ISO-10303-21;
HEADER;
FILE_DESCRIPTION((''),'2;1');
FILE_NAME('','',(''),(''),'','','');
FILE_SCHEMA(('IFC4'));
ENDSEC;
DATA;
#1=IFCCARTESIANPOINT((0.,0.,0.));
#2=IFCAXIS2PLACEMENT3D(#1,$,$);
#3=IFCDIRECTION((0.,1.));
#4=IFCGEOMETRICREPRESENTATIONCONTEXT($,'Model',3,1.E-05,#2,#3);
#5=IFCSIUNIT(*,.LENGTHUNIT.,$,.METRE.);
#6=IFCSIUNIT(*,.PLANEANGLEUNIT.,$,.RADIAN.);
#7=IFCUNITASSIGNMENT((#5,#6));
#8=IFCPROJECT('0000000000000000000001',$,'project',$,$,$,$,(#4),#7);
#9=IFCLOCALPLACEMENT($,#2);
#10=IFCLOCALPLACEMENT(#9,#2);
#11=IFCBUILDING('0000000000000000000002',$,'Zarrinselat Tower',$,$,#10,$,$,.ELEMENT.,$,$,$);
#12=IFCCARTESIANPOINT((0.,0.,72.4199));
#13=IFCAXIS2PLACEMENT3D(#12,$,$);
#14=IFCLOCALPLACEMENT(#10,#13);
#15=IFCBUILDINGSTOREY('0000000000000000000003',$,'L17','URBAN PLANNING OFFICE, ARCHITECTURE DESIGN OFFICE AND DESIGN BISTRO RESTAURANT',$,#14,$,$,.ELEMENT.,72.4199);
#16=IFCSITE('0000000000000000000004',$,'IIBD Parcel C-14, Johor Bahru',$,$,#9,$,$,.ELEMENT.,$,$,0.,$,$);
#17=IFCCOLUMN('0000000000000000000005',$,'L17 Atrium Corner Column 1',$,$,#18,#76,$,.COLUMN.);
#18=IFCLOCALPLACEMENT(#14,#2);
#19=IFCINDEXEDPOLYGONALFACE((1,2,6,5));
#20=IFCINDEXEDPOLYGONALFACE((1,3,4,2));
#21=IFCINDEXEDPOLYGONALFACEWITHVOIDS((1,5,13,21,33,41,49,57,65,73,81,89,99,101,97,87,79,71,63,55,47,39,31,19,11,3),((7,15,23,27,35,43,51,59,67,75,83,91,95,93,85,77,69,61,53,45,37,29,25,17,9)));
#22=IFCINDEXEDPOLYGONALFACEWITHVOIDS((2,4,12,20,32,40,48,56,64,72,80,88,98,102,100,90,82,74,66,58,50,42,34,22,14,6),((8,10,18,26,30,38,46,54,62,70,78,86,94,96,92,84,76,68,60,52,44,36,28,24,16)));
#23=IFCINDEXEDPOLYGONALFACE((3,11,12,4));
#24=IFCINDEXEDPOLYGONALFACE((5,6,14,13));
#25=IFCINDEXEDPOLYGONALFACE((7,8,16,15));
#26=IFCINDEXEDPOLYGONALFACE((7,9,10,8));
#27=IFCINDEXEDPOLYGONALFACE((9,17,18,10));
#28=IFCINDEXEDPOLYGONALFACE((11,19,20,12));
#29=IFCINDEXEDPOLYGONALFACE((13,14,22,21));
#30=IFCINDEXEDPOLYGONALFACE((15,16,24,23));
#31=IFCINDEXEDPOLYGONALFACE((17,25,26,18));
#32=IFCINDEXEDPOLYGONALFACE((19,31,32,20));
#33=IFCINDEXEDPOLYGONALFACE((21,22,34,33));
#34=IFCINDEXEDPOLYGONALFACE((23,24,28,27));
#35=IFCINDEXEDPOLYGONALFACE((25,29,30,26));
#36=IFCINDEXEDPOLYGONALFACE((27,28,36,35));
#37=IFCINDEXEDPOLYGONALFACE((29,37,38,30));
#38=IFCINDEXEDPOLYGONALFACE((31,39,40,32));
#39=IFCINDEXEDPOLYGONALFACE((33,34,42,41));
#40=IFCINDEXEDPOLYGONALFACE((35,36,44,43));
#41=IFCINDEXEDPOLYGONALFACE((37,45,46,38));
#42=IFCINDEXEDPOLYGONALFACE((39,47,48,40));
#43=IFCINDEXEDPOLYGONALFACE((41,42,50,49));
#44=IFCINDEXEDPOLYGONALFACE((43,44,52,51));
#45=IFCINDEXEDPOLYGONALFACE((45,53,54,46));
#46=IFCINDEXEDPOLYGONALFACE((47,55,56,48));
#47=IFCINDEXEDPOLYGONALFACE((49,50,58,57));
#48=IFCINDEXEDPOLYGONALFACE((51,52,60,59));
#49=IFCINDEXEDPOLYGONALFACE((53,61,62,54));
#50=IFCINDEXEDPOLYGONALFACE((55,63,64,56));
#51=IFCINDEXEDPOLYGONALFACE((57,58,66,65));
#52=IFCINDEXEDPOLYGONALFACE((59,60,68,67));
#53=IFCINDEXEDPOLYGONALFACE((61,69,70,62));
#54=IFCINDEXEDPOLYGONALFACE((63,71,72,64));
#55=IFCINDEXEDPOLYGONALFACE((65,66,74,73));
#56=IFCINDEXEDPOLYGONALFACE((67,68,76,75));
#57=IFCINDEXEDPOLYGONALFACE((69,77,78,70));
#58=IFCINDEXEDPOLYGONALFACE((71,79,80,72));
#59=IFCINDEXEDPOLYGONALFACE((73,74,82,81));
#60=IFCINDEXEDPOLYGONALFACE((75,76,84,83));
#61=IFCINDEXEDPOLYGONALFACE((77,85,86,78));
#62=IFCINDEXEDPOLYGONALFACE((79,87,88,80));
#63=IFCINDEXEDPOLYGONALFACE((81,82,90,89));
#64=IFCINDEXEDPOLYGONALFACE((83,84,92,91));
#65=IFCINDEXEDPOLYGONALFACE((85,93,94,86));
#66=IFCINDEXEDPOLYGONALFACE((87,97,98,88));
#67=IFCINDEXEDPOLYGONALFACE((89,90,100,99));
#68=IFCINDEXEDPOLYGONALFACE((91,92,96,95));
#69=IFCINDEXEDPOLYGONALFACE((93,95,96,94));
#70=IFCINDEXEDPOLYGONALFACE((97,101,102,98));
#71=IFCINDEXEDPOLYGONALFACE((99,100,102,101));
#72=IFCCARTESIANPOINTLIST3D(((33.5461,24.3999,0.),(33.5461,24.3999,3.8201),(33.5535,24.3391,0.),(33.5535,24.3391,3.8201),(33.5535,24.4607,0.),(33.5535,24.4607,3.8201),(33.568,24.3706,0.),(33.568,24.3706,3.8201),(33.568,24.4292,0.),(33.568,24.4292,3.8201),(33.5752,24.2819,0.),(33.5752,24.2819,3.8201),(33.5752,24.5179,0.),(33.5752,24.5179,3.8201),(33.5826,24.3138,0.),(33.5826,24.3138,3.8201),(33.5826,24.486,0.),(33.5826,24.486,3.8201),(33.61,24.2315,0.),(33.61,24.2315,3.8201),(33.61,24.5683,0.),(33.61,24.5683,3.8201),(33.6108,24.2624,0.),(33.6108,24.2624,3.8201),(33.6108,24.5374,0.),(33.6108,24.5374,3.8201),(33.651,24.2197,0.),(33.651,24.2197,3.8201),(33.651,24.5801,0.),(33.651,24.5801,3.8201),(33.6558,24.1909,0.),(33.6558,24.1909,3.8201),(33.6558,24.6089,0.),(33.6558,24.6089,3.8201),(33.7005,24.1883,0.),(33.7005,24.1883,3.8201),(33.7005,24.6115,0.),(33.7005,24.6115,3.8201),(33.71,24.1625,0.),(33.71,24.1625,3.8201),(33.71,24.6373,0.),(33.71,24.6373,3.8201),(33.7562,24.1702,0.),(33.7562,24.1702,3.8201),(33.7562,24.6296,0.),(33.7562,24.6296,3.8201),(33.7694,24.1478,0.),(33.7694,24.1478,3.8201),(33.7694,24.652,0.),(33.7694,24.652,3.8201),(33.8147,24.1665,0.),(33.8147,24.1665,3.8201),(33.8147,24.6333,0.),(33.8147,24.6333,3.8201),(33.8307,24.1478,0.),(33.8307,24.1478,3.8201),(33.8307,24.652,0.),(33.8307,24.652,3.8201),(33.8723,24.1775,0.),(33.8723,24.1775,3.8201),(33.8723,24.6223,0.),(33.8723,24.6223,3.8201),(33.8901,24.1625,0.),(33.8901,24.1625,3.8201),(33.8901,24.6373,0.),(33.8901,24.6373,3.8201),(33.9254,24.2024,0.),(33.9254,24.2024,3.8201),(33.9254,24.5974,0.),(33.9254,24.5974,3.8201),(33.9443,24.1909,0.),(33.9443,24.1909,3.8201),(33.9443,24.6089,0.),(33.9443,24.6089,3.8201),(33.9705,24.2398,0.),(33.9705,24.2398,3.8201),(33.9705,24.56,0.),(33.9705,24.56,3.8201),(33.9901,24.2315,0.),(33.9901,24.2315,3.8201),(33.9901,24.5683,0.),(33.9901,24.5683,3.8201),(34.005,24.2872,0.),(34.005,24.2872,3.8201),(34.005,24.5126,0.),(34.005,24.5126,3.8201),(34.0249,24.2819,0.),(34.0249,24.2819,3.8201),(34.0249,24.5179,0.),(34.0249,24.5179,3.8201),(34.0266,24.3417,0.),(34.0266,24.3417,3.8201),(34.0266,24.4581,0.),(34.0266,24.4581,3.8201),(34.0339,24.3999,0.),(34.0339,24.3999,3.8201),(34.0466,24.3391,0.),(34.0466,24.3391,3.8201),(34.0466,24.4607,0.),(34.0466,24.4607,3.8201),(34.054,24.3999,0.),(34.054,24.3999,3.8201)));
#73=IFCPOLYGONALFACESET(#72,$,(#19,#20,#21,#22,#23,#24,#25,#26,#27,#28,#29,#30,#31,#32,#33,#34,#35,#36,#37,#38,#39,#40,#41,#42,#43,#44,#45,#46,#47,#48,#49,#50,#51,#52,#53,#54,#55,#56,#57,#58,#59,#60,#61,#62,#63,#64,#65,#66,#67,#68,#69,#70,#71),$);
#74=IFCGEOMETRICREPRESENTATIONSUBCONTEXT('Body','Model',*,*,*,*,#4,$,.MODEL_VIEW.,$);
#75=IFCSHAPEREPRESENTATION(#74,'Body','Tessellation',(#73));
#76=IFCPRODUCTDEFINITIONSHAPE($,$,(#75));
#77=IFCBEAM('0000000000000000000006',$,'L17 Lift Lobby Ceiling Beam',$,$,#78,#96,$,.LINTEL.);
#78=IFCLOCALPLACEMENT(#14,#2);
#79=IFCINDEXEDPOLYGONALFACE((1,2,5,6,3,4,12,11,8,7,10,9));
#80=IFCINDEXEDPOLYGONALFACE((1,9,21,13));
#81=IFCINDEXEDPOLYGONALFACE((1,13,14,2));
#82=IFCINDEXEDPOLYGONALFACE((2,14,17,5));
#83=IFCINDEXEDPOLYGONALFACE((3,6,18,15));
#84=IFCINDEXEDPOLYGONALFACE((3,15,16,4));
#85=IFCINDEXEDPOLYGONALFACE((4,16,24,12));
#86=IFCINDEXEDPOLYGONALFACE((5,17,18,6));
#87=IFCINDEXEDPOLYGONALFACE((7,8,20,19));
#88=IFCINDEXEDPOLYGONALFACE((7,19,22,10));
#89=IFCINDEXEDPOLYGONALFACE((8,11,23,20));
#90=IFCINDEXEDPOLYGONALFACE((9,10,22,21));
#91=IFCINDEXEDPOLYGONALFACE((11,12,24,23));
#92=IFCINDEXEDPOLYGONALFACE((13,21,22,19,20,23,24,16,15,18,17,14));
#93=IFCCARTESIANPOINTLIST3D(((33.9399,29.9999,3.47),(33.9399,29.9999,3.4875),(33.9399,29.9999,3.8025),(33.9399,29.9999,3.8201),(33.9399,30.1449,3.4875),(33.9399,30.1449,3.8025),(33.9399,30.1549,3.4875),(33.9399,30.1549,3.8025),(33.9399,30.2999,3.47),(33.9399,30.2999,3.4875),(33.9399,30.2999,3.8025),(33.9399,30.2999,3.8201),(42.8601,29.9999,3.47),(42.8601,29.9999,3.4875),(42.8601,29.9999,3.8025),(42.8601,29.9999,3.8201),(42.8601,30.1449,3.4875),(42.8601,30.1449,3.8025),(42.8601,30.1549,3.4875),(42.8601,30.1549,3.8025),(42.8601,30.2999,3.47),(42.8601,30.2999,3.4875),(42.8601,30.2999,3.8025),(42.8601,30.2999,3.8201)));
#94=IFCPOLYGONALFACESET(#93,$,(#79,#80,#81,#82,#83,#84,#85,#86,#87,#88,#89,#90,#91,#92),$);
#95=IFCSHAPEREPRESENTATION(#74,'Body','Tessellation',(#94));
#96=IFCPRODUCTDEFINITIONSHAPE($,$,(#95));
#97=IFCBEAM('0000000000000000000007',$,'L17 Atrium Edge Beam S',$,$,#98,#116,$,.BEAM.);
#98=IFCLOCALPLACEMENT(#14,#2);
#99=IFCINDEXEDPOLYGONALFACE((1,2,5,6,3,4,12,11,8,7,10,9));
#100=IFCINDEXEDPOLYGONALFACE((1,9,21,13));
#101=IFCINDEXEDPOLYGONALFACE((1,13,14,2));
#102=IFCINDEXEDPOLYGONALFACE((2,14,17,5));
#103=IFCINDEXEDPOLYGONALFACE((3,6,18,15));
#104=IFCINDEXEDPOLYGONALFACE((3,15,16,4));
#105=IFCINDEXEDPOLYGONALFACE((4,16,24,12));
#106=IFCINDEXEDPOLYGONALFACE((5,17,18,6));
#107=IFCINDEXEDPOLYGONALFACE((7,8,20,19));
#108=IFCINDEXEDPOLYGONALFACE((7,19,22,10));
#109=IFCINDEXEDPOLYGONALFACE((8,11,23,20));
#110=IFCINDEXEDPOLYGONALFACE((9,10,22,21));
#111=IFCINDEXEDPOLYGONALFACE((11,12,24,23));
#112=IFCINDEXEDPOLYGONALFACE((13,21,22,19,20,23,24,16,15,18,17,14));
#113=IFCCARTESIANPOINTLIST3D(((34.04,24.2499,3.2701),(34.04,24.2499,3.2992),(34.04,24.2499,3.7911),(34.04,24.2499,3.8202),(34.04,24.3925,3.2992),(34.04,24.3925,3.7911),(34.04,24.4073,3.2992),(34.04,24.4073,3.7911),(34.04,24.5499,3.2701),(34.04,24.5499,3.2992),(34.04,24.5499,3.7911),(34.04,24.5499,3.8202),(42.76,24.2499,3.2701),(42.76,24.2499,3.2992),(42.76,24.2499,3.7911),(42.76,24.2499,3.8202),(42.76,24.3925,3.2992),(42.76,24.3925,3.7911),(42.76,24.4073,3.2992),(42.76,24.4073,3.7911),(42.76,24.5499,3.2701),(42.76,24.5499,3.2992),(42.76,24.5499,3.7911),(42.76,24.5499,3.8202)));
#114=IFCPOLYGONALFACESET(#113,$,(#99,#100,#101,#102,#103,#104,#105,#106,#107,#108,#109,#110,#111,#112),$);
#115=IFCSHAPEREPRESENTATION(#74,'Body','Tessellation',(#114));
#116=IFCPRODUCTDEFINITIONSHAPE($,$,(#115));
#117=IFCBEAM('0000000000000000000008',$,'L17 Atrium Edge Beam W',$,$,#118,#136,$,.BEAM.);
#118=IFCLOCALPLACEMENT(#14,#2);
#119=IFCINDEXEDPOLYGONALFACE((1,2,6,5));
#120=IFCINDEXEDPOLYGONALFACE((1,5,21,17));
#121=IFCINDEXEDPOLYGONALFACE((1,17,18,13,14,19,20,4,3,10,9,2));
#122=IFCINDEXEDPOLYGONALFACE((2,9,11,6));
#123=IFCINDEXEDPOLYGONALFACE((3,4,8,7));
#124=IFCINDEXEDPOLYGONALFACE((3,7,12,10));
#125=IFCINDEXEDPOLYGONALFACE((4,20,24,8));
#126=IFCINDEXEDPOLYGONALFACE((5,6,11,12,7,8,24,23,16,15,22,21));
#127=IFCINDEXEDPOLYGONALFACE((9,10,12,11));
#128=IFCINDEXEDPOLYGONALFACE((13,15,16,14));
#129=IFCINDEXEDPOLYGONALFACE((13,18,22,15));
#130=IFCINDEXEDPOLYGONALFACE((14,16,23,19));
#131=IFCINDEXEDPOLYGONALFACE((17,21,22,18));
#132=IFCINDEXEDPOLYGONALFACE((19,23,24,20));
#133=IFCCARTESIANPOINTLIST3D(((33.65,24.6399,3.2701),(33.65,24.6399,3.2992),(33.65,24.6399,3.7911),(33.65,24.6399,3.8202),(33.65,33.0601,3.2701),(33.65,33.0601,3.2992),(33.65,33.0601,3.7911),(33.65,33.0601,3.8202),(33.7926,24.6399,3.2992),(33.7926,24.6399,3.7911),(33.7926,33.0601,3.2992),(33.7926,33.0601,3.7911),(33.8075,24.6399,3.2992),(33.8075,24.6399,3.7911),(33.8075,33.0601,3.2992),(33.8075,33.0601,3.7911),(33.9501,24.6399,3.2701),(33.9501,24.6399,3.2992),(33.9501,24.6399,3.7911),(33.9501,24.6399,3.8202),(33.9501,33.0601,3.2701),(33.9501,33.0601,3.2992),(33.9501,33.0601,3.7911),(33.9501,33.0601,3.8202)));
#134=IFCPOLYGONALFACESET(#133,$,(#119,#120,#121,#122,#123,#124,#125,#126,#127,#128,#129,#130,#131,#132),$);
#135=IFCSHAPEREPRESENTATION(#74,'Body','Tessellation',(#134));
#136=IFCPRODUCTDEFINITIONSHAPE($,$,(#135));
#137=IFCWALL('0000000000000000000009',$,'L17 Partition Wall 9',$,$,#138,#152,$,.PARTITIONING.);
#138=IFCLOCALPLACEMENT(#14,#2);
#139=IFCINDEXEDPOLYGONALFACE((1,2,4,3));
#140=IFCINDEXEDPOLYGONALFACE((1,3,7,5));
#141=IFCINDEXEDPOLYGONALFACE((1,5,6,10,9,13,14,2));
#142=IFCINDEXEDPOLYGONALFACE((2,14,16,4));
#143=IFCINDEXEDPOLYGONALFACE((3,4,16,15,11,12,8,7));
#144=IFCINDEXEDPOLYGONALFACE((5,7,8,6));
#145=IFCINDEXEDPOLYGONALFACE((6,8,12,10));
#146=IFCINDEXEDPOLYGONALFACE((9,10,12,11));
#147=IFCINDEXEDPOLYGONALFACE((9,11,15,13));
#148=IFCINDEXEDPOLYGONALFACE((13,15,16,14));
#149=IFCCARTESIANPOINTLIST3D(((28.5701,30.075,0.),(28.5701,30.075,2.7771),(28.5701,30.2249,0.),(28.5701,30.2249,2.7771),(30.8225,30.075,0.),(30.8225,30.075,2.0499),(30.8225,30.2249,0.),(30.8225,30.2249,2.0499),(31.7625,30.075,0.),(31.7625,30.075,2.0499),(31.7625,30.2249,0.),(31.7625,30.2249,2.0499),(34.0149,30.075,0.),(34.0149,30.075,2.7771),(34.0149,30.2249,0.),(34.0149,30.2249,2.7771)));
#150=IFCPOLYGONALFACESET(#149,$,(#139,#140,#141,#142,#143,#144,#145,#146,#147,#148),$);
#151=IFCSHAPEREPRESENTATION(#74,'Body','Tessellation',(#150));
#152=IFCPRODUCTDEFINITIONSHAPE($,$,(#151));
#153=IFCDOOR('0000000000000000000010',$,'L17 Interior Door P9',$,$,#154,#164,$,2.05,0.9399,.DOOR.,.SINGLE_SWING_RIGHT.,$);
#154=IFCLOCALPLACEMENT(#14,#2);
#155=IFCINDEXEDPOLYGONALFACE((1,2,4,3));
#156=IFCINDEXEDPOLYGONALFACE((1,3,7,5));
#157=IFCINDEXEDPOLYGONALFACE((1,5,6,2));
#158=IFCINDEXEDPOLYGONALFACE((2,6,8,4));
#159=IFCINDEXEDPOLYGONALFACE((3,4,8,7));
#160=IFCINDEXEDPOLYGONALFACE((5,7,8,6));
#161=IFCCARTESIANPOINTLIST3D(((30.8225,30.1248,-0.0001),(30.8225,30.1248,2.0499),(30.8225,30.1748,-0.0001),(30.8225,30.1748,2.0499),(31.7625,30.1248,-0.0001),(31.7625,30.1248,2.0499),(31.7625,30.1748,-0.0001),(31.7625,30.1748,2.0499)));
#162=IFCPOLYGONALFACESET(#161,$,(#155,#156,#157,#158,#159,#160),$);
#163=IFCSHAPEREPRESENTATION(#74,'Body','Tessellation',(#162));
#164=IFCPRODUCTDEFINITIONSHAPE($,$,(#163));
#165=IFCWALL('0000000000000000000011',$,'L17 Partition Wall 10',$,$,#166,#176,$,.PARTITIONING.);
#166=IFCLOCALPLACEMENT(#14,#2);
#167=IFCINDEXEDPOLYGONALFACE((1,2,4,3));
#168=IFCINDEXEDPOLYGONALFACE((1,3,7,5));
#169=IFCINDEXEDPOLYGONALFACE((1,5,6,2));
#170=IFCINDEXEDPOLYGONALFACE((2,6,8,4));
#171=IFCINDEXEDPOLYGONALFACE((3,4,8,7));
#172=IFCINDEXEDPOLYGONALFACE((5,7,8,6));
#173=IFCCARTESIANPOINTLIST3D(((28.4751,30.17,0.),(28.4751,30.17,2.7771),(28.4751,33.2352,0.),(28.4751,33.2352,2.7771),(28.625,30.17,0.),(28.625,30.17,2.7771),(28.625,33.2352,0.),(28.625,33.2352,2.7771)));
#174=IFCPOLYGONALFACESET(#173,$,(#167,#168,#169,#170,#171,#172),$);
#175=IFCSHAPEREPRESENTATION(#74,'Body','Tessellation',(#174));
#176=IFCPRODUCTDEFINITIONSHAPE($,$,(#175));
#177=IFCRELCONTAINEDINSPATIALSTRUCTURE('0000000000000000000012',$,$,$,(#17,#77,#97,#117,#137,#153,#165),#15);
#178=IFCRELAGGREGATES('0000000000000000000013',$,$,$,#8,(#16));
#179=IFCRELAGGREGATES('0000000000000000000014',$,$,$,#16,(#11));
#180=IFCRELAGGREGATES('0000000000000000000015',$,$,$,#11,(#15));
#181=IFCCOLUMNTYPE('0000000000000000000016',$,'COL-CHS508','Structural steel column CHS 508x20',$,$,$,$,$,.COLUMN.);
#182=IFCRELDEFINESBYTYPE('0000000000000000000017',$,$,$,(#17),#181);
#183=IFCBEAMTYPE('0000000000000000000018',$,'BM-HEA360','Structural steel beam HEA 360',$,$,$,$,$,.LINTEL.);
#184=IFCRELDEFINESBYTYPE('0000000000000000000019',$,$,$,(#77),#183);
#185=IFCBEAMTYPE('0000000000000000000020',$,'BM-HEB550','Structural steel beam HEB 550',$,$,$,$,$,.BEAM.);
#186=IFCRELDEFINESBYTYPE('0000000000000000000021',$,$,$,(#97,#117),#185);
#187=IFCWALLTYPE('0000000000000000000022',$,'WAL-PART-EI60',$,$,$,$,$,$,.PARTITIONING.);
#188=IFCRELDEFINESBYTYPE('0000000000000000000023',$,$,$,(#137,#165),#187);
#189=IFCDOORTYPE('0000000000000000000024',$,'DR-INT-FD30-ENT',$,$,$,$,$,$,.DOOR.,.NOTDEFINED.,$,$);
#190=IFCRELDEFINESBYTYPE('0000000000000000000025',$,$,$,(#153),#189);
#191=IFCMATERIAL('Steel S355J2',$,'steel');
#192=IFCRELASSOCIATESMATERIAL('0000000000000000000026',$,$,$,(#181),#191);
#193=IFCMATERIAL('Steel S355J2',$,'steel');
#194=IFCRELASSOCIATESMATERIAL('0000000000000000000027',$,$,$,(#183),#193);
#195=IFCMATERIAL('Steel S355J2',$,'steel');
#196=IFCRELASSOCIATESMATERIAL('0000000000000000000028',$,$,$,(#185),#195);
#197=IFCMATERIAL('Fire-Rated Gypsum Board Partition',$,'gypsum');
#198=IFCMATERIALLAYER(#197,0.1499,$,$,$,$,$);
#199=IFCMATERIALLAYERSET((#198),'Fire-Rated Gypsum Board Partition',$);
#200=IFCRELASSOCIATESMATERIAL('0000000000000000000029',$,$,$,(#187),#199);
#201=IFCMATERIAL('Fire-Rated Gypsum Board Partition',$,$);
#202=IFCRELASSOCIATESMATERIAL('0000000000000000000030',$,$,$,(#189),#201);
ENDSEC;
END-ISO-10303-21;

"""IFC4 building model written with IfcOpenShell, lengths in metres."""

from ifc_helpers import new_model, si_unit, direction, frame, frame_2d, origin, origin_2d, place, context, subcontext, project, spatial, rectangle, hollow_circle, i_section, extrude, material, layer, layer_set, material_profile, profile_set, type_object, element, fill, save


model = new_model("IFC4")

# Units and contexts
model_context = context("Model", 3, precision=1e-05, world=origin(), true_north=direction((0.0, 1.0)))
body_context = subcontext(model_context, "Body", "Model", "MODEL_VIEW")
ifc_project = project(units=[si_unit("LENGTHUNIT", "METRE"), si_unit("PLANEANGLEUNIT", "RADIAN")], contexts=[model_context])

# Site, building, storey
site_placement = place(None, origin())
site = spatial("IfcSite", under=ifc_project, at=site_placement, Name="IIBD Parcel C-14, Johor Bahru", CompositionType="ELEMENT", RefElevation=0.0)
building_placement = place(site_placement, origin())
building = spatial("IfcBuilding", under=site, at=building_placement, Name="Zarrinselat Tower", CompositionType="ELEMENT")
storey_placement = place(building_placement, frame((0.0, 0.0, 72.4199)))
storey = spatial("IfcBuildingStorey", under=building, at=storey_placement, Name="L17", Description="URBAN PLANNING OFFICE, ARCHITECTURE DESIGN OFFICE AND DESIGN BISTRO RESTAURANT", CompositionType="ELEMENT", Elevation=72.4199)

# Column
ifc_material_1 = material(Name="Steel S355J2", Category="steel")
ifc_material_profile_1 = material_profile(ifc_material_1, hollow_circle(Radius=0.2539, WallThickness=0.02, at=origin_2d()), Name="CHS 508x20")
ifc_profile_set_1 = profile_set([ifc_material_profile_1], Name="Steel S355J2")
column_type = type_object("IfcColumnType", Name="COL-CHS508", Description="Structural steel column CHS 508x20", PredefinedType="COLUMN", material=ifc_profile_set_1)
column_placement = place(storey_placement, frame((33.8, 24.3999, 0.0), z_axis=(0.0, 0.0, 1.0), x_axis=(1.0, 0.0, 0.0)))
element("IfcColumn", 1, at=column_placement, inside=storey, type_object=column_type, Name="L17 Atrium Corner Column 1", PredefinedType="COLUMN", context=body_context, shape_type="SweptSolid", body=[
    extrude(hollow_circle(Radius=0.2539, WallThickness=0.02, at=origin_2d()), origin(), (0.0, 0.0, 1.0), 3.8201),
])

# Beams
ifc_material_2 = material(Name="Steel S355J2", Category="steel")
ifc_material_profile_2 = material_profile(ifc_material_2, i_section(OverallWidth=0.3, OverallDepth=0.3501, WebThickness=0.01, FlangeThickness=0.0176, at=origin_2d()), Name="HEA 360")
ifc_profile_set_2 = profile_set([ifc_material_profile_2], Name="Steel S355J2")
beam_type_1 = type_object("IfcBeamType", Name="BM-HEA360", Description="Structural steel beam HEA 360", PredefinedType="LINTEL", material=ifc_profile_set_2)
beam_1_placement = place(storey_placement, frame((33.9399, 30.1499, 3.645), z_axis=(1.0, 0.0, 0.0), x_axis=(0.0, 1.0, 0.0)))
element("IfcBeam", 2, at=beam_1_placement, inside=storey, type_object=beam_type_1, Name="L17 Lift Lobby Ceiling Beam", PredefinedType="LINTEL", context=body_context, shape_type="SweptSolid", body=[
    extrude(i_section(OverallWidth=0.3, OverallDepth=0.3501, WebThickness=0.01, FlangeThickness=0.0176, at=origin_2d()), origin(), (0.0, 0.0, 1.0), 8.9202),
])
ifc_material_3 = material(Name="Steel S355J2", Category="steel")
ifc_material_profile_3 = material_profile(ifc_material_3, i_section(OverallWidth=0.3, OverallDepth=0.55, WebThickness=0.0149, FlangeThickness=0.0291, at=origin_2d()), Name="HEB 550")
ifc_profile_set_3 = profile_set([ifc_material_profile_3], Name="Steel S355J2")
beam_type_2 = type_object("IfcBeamType", Name="BM-HEB550", Description="Structural steel beam HEB 550", PredefinedType="BEAM", material=ifc_profile_set_3)
beam_2_placement = place(storey_placement, frame((34.04, 24.3999, 3.5452), z_axis=(1.0, 0.0, 0.0), x_axis=(0.0, 1.0, 0.0)))
element("IfcBeam", 3, at=beam_2_placement, inside=storey, type_object=beam_type_2, Name="L17 Atrium Edge Beam S", PredefinedType="BEAM", context=body_context, shape_type="SweptSolid", body=[
    extrude(i_section(OverallWidth=0.3, OverallDepth=0.55, WebThickness=0.0149, FlangeThickness=0.0291, at=origin_2d()), origin(), (0.0, 0.0, 1.0), 8.72),
])
beam_3_placement = place(storey_placement, frame((33.8, 24.6399, 3.5452), z_axis=(0.0, 1.0, 0.0), x_axis=(-1.0, 0.0, 0.0)))
element("IfcBeam", 4, at=beam_3_placement, inside=storey, type_object=beam_type_2, Name="L17 Atrium Edge Beam W", PredefinedType="BEAM", context=body_context, shape_type="SweptSolid", body=[
    extrude(i_section(OverallWidth=0.3, OverallDepth=0.55, WebThickness=0.0149, FlangeThickness=0.0291, at=origin_2d()), origin(), (0.0, 0.0, 1.0), 8.4202),
])

# Wall, opening, door
ifc_material_4 = material(Name="Fire-Rated Gypsum Board Partition", Category="gypsum")
ifc_layer_1 = layer(ifc_material_4, 0.1499)
ifc_layer_set_1 = layer_set([ifc_layer_1], Name="Fire-Rated Gypsum Board Partition")
wall_type_1 = type_object("IfcWallType", Name="WAL-PART-EI60", PredefinedType="PARTITIONING", material=ifc_layer_set_1)
wall_1_placement = place(storey_placement, frame((28.5701, 30.1499, 0.0), z_axis=(0.0, 0.0, 1.0), x_axis=(1.0, 0.0, 0.0)))
wall_1 = element("IfcWall", 5, at=wall_1_placement, inside=storey, type_object=wall_type_1, Name="L17 Partition Wall 9", PredefinedType="PARTITIONING", context=body_context, shape_type="SweptSolid", body=[
    extrude(rectangle(XDim=5.4448, YDim=0.1499, at=frame_2d((2.7224, 0.0))), origin(), (0.0, 0.0, 1.0), 2.7771),
])
opening_1_placement = place(wall_1_placement, frame((2.2524, 0.0, 0.0)))
opening_1 = element("IfcOpeningElement", 6, at=opening_1_placement, cuts=wall_1, PredefinedType="OPENING", context=body_context, shape_type="SweptSolid", body=[
    extrude(rectangle(XDim=0.9399, YDim=2.05, at=frame_2d((0.47, 1.0249))), frame((0.0, 0.085, 0.0), z_axis=(0.0, -1.0, 0.0), x_axis=(1.0, 0.0, 0.0)), (0.0, 0.0, 1.0), 0.1699),
])
ifc_material_5 = material(Name="Fire-Rated Gypsum Board Partition")
door_type_1 = type_object("IfcDoorType", Name="DR-INT-FD30-ENT", OperationType="NOTDEFINED", PredefinedType="DOOR", material=ifc_material_5)
door_1_placement = place(opening_1_placement, origin())
door_1 = element("IfcDoor", 7, at=door_1_placement, inside=storey, type_object=door_type_1, Name="L17 Interior Door P9", OperationType="SINGLE_SWING_RIGHT", OverallHeight=2.05, OverallWidth=0.9399, PredefinedType="DOOR", context=body_context, shape_type="SweptSolid", body=[
    extrude(rectangle(XDim=0.9399, YDim=2.05, at=frame_2d((0.47, 1.0249))), frame((0.0, 0.0249, 0.0), z_axis=(0.0, -1.0, 0.0), x_axis=(1.0, 0.0, 0.0)), (0.0, 0.0, 1.0), 0.05),
])
fill(opening_1, door_1)

# Wall
wall_2_placement = place(storey_placement, frame((28.55, 30.1699, 0.0), z_axis=(0.0, 0.0, 1.0), x_axis=(0.0, 1.0, 0.0)))
element("IfcWall", 8, at=wall_2_placement, inside=storey, type_object=wall_type_1, Name="L17 Partition Wall 10", PredefinedType="PARTITIONING", context=body_context, shape_type="SweptSolid", body=[
    extrude(rectangle(XDim=3.0652, YDim=0.1499, at=frame_2d((1.5327, 0.0))), origin(), (0.0, 0.0, 1.0), 2.7771),
])

save(model, "model.ifc")
